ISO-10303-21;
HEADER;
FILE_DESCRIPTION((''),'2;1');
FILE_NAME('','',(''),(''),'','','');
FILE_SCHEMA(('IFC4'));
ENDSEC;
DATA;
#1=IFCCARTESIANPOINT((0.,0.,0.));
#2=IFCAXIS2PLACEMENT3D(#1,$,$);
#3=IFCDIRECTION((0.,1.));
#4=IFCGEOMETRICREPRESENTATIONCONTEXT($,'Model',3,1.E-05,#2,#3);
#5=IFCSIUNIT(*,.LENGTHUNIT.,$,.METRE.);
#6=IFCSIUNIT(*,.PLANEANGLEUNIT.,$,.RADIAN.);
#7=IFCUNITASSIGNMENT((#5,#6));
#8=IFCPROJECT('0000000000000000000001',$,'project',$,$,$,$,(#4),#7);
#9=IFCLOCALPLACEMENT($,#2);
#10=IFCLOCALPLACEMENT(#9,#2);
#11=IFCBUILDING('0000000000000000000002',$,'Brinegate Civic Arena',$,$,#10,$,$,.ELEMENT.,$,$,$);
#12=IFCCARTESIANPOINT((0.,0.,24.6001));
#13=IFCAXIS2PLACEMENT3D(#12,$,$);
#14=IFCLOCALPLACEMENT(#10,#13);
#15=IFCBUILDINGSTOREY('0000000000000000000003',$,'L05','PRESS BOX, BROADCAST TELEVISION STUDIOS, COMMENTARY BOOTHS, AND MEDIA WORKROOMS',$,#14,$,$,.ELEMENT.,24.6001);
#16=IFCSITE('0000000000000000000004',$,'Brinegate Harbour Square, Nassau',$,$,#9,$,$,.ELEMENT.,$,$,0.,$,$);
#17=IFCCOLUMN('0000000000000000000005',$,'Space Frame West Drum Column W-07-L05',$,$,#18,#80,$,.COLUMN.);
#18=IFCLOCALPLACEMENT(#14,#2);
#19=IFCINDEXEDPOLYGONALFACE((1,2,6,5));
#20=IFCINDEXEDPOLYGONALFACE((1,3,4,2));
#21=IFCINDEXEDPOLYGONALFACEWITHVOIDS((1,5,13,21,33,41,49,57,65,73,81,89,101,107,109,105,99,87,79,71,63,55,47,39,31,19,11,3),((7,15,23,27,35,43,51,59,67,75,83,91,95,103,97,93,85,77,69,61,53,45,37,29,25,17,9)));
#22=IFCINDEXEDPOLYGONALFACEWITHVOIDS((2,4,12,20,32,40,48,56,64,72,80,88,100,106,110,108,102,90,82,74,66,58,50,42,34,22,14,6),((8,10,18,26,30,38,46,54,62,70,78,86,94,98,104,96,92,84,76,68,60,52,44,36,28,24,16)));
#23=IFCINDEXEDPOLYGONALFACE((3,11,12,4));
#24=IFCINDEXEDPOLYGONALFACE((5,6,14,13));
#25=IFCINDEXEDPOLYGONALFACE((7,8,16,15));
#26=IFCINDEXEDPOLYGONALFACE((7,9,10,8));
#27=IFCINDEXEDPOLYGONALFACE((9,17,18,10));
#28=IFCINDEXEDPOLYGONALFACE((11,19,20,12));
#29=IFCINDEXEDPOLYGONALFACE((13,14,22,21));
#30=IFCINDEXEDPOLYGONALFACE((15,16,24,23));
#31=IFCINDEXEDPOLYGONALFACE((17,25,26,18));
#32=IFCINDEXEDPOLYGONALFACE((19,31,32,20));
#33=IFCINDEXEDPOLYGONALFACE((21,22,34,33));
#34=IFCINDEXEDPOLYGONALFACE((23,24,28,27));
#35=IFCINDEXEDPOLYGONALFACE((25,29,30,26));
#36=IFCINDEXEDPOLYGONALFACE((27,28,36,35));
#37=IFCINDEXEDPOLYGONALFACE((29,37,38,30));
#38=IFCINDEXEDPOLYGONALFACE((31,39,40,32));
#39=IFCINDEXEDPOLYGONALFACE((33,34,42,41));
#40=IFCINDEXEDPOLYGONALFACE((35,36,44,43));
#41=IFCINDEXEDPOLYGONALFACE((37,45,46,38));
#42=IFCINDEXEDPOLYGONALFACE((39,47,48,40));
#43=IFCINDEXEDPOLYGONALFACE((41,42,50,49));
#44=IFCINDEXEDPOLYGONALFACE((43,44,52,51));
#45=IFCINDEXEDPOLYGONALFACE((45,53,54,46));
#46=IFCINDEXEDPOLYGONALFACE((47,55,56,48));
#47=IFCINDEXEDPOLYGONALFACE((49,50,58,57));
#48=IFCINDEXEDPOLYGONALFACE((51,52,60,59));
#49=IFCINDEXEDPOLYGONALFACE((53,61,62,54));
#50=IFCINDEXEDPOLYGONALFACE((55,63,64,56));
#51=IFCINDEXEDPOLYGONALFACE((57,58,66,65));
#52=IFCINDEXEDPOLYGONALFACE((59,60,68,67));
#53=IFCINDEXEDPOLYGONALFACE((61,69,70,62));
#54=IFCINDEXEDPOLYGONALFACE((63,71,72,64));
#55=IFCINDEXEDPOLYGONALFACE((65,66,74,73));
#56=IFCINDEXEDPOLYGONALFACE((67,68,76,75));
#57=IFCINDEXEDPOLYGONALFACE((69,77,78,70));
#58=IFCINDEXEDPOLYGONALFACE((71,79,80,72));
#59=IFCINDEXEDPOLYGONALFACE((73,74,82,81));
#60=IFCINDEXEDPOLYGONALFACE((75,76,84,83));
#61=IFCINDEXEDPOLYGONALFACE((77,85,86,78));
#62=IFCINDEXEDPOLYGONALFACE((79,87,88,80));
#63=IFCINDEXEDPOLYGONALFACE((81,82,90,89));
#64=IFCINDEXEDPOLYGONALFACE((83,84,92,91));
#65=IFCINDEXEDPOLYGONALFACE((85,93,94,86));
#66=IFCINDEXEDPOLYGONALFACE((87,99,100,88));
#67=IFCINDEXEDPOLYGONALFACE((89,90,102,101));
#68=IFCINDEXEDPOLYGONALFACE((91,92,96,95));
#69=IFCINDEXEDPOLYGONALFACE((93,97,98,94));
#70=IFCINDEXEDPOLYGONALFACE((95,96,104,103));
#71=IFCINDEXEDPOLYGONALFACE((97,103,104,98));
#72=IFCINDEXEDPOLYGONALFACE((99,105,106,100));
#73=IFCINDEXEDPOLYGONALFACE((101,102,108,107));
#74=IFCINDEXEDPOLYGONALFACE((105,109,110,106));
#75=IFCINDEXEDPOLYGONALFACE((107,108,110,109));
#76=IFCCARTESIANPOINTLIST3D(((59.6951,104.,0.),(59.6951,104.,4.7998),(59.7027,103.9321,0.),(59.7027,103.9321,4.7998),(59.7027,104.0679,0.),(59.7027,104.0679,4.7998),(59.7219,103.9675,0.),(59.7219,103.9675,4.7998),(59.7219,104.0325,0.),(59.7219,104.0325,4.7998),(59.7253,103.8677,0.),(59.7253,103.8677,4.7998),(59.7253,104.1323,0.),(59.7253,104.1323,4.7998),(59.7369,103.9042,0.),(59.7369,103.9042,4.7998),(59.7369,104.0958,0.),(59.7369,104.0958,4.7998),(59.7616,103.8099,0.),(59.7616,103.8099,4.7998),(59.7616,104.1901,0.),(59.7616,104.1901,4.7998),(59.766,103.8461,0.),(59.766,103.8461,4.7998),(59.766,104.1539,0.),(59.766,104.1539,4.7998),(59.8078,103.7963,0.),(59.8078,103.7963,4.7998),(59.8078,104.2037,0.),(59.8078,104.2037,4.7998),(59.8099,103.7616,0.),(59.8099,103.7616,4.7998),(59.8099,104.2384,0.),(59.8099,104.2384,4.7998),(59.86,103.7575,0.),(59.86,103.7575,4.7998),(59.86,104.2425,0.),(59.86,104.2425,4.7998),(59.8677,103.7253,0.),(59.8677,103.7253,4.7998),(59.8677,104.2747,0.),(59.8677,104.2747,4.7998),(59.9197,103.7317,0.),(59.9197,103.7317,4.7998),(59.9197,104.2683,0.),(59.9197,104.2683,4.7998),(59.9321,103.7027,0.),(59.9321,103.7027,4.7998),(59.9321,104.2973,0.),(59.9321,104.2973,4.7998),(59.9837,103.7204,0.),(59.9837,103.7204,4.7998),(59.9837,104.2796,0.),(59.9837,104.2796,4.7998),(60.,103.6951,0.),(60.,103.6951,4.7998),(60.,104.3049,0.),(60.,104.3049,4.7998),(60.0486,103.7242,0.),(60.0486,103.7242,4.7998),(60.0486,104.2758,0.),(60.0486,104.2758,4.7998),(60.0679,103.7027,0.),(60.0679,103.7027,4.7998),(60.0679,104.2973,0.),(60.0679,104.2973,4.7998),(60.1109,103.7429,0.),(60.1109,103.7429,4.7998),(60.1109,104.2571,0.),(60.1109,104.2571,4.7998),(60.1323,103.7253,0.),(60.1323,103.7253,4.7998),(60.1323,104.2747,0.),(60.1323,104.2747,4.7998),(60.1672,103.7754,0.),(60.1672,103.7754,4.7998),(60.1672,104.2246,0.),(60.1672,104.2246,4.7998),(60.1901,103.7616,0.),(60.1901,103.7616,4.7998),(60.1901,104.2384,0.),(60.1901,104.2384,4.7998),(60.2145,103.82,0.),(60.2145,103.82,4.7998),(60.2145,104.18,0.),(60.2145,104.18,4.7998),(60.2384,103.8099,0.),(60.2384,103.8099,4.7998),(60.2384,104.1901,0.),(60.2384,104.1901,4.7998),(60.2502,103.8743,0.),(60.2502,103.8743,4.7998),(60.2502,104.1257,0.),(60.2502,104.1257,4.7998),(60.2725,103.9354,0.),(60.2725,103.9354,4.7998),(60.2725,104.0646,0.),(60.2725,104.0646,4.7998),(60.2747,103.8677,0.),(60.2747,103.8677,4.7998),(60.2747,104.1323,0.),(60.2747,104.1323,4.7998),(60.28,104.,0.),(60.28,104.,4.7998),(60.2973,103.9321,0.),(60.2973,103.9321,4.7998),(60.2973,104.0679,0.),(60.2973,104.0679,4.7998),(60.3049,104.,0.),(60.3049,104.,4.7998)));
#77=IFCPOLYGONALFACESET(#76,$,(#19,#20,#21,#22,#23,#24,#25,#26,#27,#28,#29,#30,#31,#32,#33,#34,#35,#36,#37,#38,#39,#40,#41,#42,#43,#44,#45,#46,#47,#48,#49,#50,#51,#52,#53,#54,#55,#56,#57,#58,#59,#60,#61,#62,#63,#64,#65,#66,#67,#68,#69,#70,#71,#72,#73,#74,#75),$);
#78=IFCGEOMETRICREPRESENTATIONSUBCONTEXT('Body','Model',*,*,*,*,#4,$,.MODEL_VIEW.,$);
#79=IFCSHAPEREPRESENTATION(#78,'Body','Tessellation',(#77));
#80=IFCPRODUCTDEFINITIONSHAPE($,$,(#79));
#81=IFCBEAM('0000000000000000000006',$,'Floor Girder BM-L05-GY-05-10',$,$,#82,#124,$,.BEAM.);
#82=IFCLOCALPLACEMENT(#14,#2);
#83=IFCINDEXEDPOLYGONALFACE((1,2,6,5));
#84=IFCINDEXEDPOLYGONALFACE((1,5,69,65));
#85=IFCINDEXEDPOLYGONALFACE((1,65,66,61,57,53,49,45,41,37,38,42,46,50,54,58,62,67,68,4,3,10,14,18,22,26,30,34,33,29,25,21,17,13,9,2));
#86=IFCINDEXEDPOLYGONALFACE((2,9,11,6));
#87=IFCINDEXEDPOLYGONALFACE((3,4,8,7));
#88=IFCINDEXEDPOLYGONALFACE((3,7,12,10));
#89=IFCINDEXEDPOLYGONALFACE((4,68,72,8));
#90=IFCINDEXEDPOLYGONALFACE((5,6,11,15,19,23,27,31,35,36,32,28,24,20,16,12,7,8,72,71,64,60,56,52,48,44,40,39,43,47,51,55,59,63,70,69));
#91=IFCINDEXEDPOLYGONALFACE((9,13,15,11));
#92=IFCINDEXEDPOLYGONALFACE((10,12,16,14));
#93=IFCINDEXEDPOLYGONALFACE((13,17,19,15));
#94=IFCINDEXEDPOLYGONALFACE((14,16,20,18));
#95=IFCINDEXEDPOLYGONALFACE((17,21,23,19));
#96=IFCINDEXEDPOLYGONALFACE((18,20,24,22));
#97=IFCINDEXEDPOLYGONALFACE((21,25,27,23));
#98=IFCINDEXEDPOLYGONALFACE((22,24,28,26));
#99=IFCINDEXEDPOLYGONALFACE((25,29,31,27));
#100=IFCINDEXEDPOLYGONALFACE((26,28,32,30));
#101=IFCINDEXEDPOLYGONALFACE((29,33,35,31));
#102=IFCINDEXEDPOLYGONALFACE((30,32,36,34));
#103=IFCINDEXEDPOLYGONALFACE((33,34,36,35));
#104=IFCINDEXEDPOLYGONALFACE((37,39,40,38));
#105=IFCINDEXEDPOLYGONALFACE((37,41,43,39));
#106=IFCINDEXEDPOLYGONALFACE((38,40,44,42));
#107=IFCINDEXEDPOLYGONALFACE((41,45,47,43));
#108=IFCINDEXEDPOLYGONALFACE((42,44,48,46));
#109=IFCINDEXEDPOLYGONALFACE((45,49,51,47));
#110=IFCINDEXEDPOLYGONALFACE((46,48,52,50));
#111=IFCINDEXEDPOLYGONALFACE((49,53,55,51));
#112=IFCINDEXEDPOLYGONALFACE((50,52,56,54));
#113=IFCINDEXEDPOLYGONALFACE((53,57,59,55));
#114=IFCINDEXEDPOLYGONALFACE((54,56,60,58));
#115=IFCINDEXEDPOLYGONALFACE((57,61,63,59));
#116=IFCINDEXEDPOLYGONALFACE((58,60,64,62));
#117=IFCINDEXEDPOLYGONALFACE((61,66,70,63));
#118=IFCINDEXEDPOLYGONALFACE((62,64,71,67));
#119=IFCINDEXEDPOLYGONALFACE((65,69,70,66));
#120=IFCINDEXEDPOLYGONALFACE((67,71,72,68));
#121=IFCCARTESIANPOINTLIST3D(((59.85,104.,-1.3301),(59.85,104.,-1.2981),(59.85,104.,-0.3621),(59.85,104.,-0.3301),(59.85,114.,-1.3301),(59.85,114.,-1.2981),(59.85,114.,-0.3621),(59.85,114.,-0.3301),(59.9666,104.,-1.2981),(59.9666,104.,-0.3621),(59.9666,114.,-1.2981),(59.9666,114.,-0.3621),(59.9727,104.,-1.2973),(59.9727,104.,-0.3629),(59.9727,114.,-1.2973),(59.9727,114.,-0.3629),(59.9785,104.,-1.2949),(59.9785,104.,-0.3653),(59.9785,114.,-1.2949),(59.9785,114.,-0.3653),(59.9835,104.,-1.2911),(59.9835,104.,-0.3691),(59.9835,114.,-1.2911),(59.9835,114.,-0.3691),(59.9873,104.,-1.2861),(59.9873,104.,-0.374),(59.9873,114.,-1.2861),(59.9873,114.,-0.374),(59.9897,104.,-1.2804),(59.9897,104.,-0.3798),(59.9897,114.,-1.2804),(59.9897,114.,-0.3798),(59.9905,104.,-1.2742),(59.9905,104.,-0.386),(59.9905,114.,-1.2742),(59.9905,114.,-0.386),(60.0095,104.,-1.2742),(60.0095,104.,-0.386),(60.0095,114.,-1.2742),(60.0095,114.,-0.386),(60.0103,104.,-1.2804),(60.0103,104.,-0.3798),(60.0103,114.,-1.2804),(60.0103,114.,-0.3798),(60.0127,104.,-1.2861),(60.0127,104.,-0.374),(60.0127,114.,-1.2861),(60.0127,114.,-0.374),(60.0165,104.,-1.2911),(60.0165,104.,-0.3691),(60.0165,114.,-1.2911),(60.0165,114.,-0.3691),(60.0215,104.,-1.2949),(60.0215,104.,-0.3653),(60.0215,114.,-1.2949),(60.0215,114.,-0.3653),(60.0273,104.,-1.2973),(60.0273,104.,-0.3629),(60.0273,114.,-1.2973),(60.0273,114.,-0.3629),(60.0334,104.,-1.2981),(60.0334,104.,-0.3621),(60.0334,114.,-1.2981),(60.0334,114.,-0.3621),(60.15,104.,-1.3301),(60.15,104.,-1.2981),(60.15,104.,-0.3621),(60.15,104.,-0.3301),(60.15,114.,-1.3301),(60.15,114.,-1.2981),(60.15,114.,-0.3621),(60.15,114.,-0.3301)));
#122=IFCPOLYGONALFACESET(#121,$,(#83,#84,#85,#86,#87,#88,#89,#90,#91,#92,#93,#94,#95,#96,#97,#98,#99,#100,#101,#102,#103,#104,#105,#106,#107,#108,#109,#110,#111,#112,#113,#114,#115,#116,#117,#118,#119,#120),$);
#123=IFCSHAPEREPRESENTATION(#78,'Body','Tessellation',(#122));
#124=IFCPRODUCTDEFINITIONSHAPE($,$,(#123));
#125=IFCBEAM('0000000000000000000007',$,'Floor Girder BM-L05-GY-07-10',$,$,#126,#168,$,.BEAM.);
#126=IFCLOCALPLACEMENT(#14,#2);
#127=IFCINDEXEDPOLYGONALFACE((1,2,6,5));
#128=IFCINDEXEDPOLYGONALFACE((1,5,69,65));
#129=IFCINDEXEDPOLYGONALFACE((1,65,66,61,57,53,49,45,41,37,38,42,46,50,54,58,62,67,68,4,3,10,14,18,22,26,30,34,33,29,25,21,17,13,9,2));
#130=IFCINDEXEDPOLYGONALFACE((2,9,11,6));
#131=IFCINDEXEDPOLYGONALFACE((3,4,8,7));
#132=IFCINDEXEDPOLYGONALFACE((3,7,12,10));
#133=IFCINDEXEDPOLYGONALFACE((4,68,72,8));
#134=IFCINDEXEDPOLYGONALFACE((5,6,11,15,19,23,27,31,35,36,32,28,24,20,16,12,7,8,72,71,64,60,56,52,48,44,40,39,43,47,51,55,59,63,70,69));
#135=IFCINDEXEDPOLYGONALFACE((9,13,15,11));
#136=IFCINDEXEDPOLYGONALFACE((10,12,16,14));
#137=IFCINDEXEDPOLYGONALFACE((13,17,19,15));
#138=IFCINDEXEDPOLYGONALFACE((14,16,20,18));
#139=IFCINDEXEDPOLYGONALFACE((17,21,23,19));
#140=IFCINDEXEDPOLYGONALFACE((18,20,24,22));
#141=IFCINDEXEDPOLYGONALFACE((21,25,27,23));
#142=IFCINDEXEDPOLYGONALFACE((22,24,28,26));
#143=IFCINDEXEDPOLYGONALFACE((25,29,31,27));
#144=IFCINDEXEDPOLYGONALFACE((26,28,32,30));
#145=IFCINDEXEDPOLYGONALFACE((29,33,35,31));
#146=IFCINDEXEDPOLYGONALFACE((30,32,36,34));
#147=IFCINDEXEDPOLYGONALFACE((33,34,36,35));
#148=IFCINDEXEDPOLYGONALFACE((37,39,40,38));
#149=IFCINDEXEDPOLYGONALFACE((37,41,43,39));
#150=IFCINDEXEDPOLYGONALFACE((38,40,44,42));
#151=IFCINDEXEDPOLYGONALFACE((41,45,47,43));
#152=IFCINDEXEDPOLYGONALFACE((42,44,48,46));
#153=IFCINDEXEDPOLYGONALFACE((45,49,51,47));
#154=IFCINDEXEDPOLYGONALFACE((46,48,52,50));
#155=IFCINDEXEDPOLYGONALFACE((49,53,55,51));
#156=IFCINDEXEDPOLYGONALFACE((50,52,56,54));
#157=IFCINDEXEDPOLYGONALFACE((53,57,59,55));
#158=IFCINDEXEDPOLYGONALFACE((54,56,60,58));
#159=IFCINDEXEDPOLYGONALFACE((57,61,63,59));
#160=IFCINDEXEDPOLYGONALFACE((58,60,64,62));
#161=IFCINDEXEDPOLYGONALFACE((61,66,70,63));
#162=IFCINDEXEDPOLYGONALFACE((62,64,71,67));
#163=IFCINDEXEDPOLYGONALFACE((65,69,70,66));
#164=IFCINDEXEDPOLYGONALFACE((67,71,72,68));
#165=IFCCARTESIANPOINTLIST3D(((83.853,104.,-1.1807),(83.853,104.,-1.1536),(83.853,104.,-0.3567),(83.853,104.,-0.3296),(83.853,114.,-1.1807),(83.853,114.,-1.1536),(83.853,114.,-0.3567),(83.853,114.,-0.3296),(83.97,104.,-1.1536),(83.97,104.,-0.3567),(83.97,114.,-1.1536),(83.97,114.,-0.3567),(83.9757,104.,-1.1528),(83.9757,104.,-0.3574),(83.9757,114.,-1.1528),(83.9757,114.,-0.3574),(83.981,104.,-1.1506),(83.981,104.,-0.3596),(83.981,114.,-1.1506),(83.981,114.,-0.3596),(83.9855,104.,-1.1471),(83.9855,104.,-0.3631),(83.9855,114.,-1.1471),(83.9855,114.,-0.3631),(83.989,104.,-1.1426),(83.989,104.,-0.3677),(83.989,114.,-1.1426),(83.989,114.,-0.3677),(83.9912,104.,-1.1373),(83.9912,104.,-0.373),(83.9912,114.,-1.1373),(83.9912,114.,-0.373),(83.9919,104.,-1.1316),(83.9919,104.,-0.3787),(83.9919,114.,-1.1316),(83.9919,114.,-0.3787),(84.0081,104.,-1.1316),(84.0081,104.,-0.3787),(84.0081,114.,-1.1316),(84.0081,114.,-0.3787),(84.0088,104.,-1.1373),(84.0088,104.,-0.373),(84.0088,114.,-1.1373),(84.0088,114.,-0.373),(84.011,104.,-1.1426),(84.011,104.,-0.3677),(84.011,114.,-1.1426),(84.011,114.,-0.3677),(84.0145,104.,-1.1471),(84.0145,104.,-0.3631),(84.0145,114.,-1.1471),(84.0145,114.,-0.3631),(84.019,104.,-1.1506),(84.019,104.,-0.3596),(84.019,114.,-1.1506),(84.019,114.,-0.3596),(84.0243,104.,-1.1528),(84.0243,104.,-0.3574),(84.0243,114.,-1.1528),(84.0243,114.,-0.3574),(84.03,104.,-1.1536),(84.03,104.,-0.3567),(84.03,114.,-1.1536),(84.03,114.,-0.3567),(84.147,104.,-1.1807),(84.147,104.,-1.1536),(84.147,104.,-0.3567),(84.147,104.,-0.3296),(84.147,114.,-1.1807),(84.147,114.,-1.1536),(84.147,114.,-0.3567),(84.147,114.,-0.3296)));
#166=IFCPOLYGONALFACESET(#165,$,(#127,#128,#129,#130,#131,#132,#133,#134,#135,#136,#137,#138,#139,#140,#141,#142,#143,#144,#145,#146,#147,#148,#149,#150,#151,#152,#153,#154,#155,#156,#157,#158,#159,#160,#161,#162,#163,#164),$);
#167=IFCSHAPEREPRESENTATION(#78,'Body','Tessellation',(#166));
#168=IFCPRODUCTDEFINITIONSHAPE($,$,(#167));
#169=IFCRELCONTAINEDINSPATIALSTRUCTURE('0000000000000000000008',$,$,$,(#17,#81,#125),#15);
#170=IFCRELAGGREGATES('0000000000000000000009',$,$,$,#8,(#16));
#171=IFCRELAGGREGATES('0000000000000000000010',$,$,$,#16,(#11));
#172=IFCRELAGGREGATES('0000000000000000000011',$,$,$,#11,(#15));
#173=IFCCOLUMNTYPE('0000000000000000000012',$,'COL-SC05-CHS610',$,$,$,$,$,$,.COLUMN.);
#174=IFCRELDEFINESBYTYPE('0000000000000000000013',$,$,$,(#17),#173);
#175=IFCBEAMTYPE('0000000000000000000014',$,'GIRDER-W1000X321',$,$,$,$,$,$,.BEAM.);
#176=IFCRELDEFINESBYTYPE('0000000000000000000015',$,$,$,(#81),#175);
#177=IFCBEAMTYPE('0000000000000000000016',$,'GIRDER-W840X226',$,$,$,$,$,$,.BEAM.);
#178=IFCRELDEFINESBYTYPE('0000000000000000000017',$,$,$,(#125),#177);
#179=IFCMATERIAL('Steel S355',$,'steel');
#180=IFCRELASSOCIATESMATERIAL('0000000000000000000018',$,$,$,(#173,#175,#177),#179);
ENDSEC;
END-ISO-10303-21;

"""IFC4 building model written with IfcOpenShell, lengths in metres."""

from ifc_helpers import new_model, si_unit, direction, frame, origin, origin_2d, place, context, subcontext, project, spatial, hollow_circle, i_section, extrude, material, material_profile, profile_set, type_object, element, save


model = new_model("IFC4")

# Units and contexts
model_context = context("Model", 3, precision=1e-05, world=origin(), true_north=direction((0.0, 1.0)))
body_context = subcontext(model_context, "Body", "Model", "MODEL_VIEW")
ifc_project = project(units=[si_unit("LENGTHUNIT", "METRE"), si_unit("PLANEANGLEUNIT", "RADIAN")], contexts=[model_context])

# Site, building, storey
site_placement = place(None, origin())
site = spatial("IfcSite", under=ifc_project, at=site_placement, Name="Brinegate Harbour Square, Nassau", CompositionType="ELEMENT", RefElevation=0.0)
building_placement = place(site_placement, origin())
building = spatial("IfcBuilding", under=site, at=building_placement, Name="Brinegate Civic Arena", CompositionType="ELEMENT")
storey_placement = place(building_placement, frame((0.0, 0.0, 24.6001)))
storey = spatial("IfcBuildingStorey", under=building, at=storey_placement, Name="L05", Description="PRESS BOX, BROADCAST TELEVISION STUDIOS, COMMENTARY BOOTHS, AND MEDIA WORKROOMS", CompositionType="ELEMENT", Elevation=24.6001)

# Column
ifc_material_1 = material(Name="Steel S355", Category="steel")
ifc_material_profile_1 = material_profile(ifc_material_1, hollow_circle(Radius=0.3049, WallThickness=0.0249, at=origin_2d()), Name="CHS610X25")
ifc_profile_set_1 = profile_set([ifc_material_profile_1], Name="Steel S355")
column_type = type_object("IfcColumnType", Name="COL-SC05-CHS610", PredefinedType="COLUMN", material=ifc_profile_set_1)
column_placement = place(storey_placement, frame((60.0, 104.0, 0.0), z_axis=(0.0, 0.0, 1.0), x_axis=(1.0, 0.0, 0.0)))
element("IfcColumn", 1, at=column_placement, inside=storey, type_object=column_type, Name="Space Frame West Drum Column W-07-L05", PredefinedType="COLUMN", context=body_context, shape_type="SweptSolid", body=[
    extrude(hollow_circle(Radius=0.3049, WallThickness=0.0249, at=origin_2d()), origin(), (0.0, 0.0, 1.0), 4.7998),
])

# Beams
ifc_material_profile_2 = material_profile(ifc_material_1, i_section(OverallWidth=0.3, OverallDepth=1.0, WebThickness=0.019, FlangeThickness=0.032, FilletRadius=0.0239, at=origin_2d()), Name="W1000X321")
ifc_profile_set_2 = profile_set([ifc_material_profile_2], Name="Steel S355")
beam_type_1 = type_object("IfcBeamType", Name="GIRDER-W1000X321", PredefinedType="BEAM", material=ifc_profile_set_2)
beam_1_placement = place(storey_placement, frame((60.0, 104.0, -0.8301), z_axis=(0.0, 1.0, 0.0), x_axis=(-1.0, 0.0, 0.0)))
element("IfcBeam", 2, at=beam_1_placement, inside=storey, type_object=beam_type_1, Name="Floor Girder BM-L05-GY-05-10", PredefinedType="BEAM", context=body_context, shape_type="SweptSolid", body=[
    extrude(i_section(OverallWidth=0.3, OverallDepth=1.0, WebThickness=0.019, FlangeThickness=0.032, FilletRadius=0.0239, at=origin_2d()), origin(), (0.0, 0.0, 1.0), 10.0),
])
ifc_material_profile_3 = material_profile(ifc_material_1, i_section(OverallWidth=0.2939, OverallDepth=0.8511, WebThickness=0.0161, FlangeThickness=0.0271, FilletRadius=0.022, at=origin_2d()), Name="W840X226")
ifc_profile_set_3 = profile_set([ifc_material_profile_3], Name="Steel S355")
beam_type_2 = type_object("IfcBeamType", Name="GIRDER-W840X226", PredefinedType="BEAM", material=ifc_profile_set_3)
beam_2_placement = place(storey_placement, frame((84.0, 104.0, -0.7551), z_axis=(0.0, 1.0, 0.0), x_axis=(-1.0, 0.0, 0.0)))
element("IfcBeam", 3, at=beam_2_placement, inside=storey, type_object=beam_type_2, Name="Floor Girder BM-L05-GY-07-10", PredefinedType="BEAM", context=body_context, shape_type="SweptSolid", body=[
    extrude(i_section(OverallWidth=0.2939, OverallDepth=0.8511, WebThickness=0.0161, FlangeThickness=0.0271, FilletRadius=0.022, at=origin_2d()), origin(), (0.0, 0.0, 1.0), 10.0),
])

save(model, "model.ifc")
